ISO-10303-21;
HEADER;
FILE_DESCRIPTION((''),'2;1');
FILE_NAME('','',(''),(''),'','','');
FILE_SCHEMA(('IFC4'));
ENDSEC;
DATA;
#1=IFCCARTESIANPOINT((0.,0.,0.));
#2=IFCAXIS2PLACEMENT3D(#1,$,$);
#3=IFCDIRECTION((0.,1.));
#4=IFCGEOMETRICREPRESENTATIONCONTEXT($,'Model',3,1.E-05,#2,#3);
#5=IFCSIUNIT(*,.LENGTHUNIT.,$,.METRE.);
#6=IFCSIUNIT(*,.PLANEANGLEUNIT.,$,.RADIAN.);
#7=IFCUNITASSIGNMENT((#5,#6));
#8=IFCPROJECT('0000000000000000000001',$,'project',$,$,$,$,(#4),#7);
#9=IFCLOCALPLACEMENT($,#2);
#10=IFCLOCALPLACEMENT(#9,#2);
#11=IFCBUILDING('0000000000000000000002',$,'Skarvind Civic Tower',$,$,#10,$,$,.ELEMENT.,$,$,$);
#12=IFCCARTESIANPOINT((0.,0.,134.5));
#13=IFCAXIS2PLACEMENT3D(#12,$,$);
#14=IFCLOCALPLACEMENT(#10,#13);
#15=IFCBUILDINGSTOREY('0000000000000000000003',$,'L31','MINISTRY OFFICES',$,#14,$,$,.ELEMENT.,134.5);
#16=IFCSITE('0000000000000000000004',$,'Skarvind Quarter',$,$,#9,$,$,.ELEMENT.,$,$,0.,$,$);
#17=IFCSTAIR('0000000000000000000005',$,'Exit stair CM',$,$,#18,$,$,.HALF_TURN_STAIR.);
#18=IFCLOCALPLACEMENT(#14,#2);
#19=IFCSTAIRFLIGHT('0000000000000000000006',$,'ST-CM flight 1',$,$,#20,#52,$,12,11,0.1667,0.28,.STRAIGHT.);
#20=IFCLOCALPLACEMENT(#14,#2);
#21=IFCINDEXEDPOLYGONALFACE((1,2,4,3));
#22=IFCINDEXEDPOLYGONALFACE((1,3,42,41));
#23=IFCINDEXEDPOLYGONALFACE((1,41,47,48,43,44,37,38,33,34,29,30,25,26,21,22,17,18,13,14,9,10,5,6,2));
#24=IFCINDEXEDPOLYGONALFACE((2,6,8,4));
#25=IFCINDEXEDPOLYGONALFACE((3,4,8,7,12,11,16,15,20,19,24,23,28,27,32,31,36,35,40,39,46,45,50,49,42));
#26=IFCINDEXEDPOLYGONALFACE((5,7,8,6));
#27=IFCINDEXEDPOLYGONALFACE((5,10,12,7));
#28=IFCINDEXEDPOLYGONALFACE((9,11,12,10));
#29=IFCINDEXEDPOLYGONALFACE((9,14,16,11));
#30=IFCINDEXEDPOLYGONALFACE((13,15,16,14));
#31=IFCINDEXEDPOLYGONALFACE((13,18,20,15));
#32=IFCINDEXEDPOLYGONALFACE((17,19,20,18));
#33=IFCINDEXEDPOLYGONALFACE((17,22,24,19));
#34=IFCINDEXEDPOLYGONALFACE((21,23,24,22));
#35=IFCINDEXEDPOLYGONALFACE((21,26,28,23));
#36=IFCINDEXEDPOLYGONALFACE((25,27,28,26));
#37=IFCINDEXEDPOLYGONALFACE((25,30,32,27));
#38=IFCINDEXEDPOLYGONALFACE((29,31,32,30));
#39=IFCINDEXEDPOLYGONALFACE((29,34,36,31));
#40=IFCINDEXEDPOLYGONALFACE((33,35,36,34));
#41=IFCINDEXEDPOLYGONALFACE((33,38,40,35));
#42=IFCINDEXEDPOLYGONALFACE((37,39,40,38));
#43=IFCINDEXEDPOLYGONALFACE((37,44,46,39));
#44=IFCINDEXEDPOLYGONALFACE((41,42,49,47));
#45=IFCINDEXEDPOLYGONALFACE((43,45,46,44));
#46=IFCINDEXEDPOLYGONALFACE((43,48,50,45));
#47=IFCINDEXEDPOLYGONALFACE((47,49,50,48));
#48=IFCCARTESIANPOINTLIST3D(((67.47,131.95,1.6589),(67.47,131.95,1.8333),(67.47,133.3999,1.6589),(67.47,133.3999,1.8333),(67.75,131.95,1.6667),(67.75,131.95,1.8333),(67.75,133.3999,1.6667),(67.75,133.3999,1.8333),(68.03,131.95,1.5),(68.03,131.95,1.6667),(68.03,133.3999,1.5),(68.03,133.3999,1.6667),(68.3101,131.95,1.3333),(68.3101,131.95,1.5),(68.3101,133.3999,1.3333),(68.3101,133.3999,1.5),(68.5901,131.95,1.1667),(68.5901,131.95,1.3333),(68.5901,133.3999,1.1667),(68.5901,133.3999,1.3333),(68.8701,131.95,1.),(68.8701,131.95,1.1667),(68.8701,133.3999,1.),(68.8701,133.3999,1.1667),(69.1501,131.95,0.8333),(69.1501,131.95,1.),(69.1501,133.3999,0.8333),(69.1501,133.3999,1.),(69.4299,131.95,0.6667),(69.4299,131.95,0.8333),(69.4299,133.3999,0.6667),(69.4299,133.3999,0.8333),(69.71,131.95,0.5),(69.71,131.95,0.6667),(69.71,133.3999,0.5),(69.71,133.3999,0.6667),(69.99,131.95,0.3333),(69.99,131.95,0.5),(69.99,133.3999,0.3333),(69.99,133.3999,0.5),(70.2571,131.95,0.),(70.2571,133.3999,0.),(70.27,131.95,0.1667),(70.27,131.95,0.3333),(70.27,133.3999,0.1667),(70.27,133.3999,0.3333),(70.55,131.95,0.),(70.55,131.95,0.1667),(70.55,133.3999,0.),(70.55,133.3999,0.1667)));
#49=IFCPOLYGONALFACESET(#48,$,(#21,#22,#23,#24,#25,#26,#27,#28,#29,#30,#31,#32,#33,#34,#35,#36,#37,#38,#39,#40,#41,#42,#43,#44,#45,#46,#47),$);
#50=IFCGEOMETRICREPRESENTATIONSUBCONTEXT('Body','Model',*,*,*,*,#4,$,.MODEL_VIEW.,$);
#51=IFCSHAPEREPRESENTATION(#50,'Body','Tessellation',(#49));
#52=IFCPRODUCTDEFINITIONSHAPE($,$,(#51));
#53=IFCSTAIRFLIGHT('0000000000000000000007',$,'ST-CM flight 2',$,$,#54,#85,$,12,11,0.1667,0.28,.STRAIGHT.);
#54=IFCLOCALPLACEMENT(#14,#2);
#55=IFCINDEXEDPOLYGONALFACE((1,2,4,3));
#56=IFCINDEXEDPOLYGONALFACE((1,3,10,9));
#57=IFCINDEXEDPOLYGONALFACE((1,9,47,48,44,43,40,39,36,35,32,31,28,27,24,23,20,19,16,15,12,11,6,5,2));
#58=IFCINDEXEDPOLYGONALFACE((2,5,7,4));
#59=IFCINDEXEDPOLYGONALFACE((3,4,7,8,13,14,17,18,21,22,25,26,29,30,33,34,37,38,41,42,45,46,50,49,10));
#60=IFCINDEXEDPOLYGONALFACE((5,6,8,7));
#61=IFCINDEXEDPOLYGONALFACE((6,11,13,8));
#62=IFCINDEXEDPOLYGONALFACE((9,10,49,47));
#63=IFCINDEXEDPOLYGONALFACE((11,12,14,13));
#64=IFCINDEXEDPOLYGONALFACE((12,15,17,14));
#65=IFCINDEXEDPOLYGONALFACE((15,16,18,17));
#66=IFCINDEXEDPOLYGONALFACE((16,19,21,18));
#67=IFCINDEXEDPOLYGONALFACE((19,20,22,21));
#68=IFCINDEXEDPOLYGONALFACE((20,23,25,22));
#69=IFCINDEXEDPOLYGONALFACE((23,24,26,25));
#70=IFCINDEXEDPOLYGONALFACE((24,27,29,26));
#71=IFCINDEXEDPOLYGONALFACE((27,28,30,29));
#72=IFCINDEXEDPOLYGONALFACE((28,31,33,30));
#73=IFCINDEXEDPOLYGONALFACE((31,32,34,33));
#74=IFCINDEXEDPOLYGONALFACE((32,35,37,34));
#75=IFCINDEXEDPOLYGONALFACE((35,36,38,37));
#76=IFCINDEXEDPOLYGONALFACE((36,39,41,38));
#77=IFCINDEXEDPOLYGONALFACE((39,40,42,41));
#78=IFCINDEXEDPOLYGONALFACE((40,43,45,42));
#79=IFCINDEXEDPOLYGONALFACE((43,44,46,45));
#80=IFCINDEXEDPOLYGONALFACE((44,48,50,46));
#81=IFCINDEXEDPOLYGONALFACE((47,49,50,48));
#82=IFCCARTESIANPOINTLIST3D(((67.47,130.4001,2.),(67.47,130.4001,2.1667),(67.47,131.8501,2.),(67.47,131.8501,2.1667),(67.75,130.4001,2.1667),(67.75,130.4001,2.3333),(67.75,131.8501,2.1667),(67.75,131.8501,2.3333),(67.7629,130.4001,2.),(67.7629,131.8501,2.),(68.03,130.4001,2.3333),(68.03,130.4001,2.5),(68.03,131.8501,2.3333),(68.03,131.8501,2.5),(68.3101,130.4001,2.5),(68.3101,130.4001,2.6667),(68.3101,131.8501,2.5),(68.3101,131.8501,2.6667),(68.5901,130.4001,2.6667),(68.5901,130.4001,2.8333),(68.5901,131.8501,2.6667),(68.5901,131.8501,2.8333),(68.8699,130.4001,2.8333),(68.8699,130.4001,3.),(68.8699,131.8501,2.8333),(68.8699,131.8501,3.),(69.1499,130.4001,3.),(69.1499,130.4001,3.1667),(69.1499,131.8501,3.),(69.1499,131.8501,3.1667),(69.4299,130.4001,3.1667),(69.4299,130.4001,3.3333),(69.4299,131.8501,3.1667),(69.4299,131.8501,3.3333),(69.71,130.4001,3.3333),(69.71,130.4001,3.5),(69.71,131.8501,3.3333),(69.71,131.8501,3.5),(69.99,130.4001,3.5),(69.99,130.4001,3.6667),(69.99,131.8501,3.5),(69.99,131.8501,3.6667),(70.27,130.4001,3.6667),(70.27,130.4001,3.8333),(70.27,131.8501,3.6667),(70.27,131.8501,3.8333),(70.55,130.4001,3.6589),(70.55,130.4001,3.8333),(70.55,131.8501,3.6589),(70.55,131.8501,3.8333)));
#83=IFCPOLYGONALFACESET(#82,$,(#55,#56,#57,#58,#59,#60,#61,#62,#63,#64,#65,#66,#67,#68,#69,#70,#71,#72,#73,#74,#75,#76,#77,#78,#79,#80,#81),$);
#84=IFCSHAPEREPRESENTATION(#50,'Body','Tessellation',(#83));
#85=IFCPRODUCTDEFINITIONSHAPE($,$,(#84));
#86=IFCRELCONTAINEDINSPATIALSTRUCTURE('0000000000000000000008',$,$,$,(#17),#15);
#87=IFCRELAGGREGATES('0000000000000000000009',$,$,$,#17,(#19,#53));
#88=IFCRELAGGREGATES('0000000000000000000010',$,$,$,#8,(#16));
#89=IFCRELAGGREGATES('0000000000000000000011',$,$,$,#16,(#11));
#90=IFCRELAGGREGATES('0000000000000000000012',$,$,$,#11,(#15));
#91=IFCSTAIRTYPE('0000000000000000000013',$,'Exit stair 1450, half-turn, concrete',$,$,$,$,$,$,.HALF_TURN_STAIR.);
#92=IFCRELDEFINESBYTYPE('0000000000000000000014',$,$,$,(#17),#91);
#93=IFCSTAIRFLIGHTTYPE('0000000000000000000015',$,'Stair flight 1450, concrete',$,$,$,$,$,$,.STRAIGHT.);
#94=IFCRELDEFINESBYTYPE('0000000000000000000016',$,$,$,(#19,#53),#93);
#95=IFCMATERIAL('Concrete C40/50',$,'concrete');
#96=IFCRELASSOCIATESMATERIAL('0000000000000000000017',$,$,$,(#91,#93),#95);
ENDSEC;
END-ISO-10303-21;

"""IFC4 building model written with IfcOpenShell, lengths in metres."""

from ifc_helpers import new_model, si_unit, direction, frame, origin, place, context, subcontext, project, spatial, polyline, outline, extrude, material, type_object, element, aggregate, save


model = new_model("IFC4")

# Units and contexts
model_context = context("Model", 3, precision=1e-05, world=origin(), true_north=direction((0.0, 1.0)))
body_context = subcontext(model_context, "Body", "Model", "MODEL_VIEW")
ifc_project = project(units=[si_unit("LENGTHUNIT", "METRE"), si_unit("PLANEANGLEUNIT", "RADIAN")], contexts=[model_context])

# Site, building, storey
site_placement = place(None, origin())
site = spatial("IfcSite", under=ifc_project, at=site_placement, Name="Skarvind Quarter", CompositionType="ELEMENT", RefElevation=0.0)
building_placement = place(site_placement, origin())
building = spatial("IfcBuilding", under=site, at=building_placement, Name="Skarvind Civic Tower", CompositionType="ELEMENT")
storey_placement = place(building_placement, frame((0.0, 0.0, 134.5)))
storey = spatial("IfcBuildingStorey", under=building, at=storey_placement, Name="L31", Description="MINISTRY OFFICES", CompositionType="ELEMENT", Elevation=134.5)

# Stair, stair flights
ifc_material_1 = material(Name="Concrete C40/50", Category="concrete")
stair_type = type_object("IfcStairType", Name="Exit stair 1450, half-turn, concrete", PredefinedType="HALF_TURN_STAIR", material=ifc_material_1)
stair_placement = place(storey_placement, origin())
stair = element("IfcStair", 1, at=stair_placement, inside=storey, type_object=stair_type, Name="Exit stair CM", PredefinedType="HALF_TURN_STAIR")
stair_flight_type = type_object("IfcStairFlightType", Name="Stair flight 1450, concrete", PredefinedType="STRAIGHT", material=ifc_material_1)
stair_flight_1_placement = place(storey_placement, frame((70.55, 132.675, 0.0), z_axis=(0.0, 0.0, 1.0), x_axis=(-1.0, 0.0, 0.0)))
stair_flight_1 = element("IfcStairFlight", 2, at=stair_flight_1_placement, type_object=stair_flight_type, Name="ST-CM flight 1", NumberOfRisers=12, NumberOfTreads=11, PredefinedType="STRAIGHT", RiserHeight=0.1667, TreadLength=0.28, context=body_context, shape_type="SweptSolid", body=[
    extrude(outline(polyline([(0.0, 0.0), (0.0, 0.1667), (0.28, 0.1667), (0.28, 0.3333), (0.5601, 0.3333), (0.5601, 0.5), (0.8401, 0.5), (0.8401, 0.6667), (1.1201, 0.6667), (1.1201, 0.8333), (1.3999, 0.8333), (1.3999, 1.0), (1.6799, 1.0), (1.6799, 1.1667), (1.96, 1.1667), (1.96, 1.3333), (2.24, 1.3333), (2.24, 1.5), (2.52, 1.5), (2.52, 1.6667), (2.8, 1.6667), (2.8, 1.8333), (3.0801, 1.8333), (3.0801, 2.0), (3.0801, 1.6589), (0.293, 0.0), (0.0, 0.0)])), frame((0.0, 0.7251, 0.0), z_axis=(0.0, -1.0, 0.0), x_axis=(1.0, 0.0, 0.0)), (0.0, 0.0, 1.0), 1.45),
])
stair_flight_2_placement = place(storey_placement, frame((67.47, 131.125, 2.0), z_axis=(0.0, 0.0, 1.0), x_axis=(1.0, 0.0, 0.0)))
stair_flight_2 = element("IfcStairFlight", 3, at=stair_flight_2_placement, type_object=stair_flight_type, Name="ST-CM flight 2", NumberOfRisers=12, NumberOfTreads=11, PredefinedType="STRAIGHT", RiserHeight=0.1667, TreadLength=0.28, context=body_context, shape_type="SweptSolid", body=[
    extrude(outline(polyline([(0.0, 0.0), (0.0, 0.1667), (0.28, 0.1667), (0.28, 0.3333), (0.5601, 0.3333), (0.5601, 0.5), (0.8401, 0.5), (0.8401, 0.6667), (1.1201, 0.6667), (1.1201, 0.8333), (1.3999, 0.8333), (1.3999, 1.0), (1.6799, 1.0), (1.6799, 1.1667), (1.96, 1.1667), (1.96, 1.3333), (2.24, 1.3333), (2.24, 1.5), (2.52, 1.5), (2.52, 1.6667), (2.8, 1.6667), (2.8, 1.8333), (3.0801, 1.8333), (3.0801, 2.0), (3.0801, 1.6589), (0.293, 0.0), (0.0, 0.0)])), frame((0.0, 0.7251, 0.0), z_axis=(0.0, -1.0, 0.0), x_axis=(1.0, 0.0, 0.0)), (0.0, 0.0, 1.0), 1.45),
])
aggregate(stair, [stair_flight_1, stair_flight_2])

save(model, "model.ifc")
